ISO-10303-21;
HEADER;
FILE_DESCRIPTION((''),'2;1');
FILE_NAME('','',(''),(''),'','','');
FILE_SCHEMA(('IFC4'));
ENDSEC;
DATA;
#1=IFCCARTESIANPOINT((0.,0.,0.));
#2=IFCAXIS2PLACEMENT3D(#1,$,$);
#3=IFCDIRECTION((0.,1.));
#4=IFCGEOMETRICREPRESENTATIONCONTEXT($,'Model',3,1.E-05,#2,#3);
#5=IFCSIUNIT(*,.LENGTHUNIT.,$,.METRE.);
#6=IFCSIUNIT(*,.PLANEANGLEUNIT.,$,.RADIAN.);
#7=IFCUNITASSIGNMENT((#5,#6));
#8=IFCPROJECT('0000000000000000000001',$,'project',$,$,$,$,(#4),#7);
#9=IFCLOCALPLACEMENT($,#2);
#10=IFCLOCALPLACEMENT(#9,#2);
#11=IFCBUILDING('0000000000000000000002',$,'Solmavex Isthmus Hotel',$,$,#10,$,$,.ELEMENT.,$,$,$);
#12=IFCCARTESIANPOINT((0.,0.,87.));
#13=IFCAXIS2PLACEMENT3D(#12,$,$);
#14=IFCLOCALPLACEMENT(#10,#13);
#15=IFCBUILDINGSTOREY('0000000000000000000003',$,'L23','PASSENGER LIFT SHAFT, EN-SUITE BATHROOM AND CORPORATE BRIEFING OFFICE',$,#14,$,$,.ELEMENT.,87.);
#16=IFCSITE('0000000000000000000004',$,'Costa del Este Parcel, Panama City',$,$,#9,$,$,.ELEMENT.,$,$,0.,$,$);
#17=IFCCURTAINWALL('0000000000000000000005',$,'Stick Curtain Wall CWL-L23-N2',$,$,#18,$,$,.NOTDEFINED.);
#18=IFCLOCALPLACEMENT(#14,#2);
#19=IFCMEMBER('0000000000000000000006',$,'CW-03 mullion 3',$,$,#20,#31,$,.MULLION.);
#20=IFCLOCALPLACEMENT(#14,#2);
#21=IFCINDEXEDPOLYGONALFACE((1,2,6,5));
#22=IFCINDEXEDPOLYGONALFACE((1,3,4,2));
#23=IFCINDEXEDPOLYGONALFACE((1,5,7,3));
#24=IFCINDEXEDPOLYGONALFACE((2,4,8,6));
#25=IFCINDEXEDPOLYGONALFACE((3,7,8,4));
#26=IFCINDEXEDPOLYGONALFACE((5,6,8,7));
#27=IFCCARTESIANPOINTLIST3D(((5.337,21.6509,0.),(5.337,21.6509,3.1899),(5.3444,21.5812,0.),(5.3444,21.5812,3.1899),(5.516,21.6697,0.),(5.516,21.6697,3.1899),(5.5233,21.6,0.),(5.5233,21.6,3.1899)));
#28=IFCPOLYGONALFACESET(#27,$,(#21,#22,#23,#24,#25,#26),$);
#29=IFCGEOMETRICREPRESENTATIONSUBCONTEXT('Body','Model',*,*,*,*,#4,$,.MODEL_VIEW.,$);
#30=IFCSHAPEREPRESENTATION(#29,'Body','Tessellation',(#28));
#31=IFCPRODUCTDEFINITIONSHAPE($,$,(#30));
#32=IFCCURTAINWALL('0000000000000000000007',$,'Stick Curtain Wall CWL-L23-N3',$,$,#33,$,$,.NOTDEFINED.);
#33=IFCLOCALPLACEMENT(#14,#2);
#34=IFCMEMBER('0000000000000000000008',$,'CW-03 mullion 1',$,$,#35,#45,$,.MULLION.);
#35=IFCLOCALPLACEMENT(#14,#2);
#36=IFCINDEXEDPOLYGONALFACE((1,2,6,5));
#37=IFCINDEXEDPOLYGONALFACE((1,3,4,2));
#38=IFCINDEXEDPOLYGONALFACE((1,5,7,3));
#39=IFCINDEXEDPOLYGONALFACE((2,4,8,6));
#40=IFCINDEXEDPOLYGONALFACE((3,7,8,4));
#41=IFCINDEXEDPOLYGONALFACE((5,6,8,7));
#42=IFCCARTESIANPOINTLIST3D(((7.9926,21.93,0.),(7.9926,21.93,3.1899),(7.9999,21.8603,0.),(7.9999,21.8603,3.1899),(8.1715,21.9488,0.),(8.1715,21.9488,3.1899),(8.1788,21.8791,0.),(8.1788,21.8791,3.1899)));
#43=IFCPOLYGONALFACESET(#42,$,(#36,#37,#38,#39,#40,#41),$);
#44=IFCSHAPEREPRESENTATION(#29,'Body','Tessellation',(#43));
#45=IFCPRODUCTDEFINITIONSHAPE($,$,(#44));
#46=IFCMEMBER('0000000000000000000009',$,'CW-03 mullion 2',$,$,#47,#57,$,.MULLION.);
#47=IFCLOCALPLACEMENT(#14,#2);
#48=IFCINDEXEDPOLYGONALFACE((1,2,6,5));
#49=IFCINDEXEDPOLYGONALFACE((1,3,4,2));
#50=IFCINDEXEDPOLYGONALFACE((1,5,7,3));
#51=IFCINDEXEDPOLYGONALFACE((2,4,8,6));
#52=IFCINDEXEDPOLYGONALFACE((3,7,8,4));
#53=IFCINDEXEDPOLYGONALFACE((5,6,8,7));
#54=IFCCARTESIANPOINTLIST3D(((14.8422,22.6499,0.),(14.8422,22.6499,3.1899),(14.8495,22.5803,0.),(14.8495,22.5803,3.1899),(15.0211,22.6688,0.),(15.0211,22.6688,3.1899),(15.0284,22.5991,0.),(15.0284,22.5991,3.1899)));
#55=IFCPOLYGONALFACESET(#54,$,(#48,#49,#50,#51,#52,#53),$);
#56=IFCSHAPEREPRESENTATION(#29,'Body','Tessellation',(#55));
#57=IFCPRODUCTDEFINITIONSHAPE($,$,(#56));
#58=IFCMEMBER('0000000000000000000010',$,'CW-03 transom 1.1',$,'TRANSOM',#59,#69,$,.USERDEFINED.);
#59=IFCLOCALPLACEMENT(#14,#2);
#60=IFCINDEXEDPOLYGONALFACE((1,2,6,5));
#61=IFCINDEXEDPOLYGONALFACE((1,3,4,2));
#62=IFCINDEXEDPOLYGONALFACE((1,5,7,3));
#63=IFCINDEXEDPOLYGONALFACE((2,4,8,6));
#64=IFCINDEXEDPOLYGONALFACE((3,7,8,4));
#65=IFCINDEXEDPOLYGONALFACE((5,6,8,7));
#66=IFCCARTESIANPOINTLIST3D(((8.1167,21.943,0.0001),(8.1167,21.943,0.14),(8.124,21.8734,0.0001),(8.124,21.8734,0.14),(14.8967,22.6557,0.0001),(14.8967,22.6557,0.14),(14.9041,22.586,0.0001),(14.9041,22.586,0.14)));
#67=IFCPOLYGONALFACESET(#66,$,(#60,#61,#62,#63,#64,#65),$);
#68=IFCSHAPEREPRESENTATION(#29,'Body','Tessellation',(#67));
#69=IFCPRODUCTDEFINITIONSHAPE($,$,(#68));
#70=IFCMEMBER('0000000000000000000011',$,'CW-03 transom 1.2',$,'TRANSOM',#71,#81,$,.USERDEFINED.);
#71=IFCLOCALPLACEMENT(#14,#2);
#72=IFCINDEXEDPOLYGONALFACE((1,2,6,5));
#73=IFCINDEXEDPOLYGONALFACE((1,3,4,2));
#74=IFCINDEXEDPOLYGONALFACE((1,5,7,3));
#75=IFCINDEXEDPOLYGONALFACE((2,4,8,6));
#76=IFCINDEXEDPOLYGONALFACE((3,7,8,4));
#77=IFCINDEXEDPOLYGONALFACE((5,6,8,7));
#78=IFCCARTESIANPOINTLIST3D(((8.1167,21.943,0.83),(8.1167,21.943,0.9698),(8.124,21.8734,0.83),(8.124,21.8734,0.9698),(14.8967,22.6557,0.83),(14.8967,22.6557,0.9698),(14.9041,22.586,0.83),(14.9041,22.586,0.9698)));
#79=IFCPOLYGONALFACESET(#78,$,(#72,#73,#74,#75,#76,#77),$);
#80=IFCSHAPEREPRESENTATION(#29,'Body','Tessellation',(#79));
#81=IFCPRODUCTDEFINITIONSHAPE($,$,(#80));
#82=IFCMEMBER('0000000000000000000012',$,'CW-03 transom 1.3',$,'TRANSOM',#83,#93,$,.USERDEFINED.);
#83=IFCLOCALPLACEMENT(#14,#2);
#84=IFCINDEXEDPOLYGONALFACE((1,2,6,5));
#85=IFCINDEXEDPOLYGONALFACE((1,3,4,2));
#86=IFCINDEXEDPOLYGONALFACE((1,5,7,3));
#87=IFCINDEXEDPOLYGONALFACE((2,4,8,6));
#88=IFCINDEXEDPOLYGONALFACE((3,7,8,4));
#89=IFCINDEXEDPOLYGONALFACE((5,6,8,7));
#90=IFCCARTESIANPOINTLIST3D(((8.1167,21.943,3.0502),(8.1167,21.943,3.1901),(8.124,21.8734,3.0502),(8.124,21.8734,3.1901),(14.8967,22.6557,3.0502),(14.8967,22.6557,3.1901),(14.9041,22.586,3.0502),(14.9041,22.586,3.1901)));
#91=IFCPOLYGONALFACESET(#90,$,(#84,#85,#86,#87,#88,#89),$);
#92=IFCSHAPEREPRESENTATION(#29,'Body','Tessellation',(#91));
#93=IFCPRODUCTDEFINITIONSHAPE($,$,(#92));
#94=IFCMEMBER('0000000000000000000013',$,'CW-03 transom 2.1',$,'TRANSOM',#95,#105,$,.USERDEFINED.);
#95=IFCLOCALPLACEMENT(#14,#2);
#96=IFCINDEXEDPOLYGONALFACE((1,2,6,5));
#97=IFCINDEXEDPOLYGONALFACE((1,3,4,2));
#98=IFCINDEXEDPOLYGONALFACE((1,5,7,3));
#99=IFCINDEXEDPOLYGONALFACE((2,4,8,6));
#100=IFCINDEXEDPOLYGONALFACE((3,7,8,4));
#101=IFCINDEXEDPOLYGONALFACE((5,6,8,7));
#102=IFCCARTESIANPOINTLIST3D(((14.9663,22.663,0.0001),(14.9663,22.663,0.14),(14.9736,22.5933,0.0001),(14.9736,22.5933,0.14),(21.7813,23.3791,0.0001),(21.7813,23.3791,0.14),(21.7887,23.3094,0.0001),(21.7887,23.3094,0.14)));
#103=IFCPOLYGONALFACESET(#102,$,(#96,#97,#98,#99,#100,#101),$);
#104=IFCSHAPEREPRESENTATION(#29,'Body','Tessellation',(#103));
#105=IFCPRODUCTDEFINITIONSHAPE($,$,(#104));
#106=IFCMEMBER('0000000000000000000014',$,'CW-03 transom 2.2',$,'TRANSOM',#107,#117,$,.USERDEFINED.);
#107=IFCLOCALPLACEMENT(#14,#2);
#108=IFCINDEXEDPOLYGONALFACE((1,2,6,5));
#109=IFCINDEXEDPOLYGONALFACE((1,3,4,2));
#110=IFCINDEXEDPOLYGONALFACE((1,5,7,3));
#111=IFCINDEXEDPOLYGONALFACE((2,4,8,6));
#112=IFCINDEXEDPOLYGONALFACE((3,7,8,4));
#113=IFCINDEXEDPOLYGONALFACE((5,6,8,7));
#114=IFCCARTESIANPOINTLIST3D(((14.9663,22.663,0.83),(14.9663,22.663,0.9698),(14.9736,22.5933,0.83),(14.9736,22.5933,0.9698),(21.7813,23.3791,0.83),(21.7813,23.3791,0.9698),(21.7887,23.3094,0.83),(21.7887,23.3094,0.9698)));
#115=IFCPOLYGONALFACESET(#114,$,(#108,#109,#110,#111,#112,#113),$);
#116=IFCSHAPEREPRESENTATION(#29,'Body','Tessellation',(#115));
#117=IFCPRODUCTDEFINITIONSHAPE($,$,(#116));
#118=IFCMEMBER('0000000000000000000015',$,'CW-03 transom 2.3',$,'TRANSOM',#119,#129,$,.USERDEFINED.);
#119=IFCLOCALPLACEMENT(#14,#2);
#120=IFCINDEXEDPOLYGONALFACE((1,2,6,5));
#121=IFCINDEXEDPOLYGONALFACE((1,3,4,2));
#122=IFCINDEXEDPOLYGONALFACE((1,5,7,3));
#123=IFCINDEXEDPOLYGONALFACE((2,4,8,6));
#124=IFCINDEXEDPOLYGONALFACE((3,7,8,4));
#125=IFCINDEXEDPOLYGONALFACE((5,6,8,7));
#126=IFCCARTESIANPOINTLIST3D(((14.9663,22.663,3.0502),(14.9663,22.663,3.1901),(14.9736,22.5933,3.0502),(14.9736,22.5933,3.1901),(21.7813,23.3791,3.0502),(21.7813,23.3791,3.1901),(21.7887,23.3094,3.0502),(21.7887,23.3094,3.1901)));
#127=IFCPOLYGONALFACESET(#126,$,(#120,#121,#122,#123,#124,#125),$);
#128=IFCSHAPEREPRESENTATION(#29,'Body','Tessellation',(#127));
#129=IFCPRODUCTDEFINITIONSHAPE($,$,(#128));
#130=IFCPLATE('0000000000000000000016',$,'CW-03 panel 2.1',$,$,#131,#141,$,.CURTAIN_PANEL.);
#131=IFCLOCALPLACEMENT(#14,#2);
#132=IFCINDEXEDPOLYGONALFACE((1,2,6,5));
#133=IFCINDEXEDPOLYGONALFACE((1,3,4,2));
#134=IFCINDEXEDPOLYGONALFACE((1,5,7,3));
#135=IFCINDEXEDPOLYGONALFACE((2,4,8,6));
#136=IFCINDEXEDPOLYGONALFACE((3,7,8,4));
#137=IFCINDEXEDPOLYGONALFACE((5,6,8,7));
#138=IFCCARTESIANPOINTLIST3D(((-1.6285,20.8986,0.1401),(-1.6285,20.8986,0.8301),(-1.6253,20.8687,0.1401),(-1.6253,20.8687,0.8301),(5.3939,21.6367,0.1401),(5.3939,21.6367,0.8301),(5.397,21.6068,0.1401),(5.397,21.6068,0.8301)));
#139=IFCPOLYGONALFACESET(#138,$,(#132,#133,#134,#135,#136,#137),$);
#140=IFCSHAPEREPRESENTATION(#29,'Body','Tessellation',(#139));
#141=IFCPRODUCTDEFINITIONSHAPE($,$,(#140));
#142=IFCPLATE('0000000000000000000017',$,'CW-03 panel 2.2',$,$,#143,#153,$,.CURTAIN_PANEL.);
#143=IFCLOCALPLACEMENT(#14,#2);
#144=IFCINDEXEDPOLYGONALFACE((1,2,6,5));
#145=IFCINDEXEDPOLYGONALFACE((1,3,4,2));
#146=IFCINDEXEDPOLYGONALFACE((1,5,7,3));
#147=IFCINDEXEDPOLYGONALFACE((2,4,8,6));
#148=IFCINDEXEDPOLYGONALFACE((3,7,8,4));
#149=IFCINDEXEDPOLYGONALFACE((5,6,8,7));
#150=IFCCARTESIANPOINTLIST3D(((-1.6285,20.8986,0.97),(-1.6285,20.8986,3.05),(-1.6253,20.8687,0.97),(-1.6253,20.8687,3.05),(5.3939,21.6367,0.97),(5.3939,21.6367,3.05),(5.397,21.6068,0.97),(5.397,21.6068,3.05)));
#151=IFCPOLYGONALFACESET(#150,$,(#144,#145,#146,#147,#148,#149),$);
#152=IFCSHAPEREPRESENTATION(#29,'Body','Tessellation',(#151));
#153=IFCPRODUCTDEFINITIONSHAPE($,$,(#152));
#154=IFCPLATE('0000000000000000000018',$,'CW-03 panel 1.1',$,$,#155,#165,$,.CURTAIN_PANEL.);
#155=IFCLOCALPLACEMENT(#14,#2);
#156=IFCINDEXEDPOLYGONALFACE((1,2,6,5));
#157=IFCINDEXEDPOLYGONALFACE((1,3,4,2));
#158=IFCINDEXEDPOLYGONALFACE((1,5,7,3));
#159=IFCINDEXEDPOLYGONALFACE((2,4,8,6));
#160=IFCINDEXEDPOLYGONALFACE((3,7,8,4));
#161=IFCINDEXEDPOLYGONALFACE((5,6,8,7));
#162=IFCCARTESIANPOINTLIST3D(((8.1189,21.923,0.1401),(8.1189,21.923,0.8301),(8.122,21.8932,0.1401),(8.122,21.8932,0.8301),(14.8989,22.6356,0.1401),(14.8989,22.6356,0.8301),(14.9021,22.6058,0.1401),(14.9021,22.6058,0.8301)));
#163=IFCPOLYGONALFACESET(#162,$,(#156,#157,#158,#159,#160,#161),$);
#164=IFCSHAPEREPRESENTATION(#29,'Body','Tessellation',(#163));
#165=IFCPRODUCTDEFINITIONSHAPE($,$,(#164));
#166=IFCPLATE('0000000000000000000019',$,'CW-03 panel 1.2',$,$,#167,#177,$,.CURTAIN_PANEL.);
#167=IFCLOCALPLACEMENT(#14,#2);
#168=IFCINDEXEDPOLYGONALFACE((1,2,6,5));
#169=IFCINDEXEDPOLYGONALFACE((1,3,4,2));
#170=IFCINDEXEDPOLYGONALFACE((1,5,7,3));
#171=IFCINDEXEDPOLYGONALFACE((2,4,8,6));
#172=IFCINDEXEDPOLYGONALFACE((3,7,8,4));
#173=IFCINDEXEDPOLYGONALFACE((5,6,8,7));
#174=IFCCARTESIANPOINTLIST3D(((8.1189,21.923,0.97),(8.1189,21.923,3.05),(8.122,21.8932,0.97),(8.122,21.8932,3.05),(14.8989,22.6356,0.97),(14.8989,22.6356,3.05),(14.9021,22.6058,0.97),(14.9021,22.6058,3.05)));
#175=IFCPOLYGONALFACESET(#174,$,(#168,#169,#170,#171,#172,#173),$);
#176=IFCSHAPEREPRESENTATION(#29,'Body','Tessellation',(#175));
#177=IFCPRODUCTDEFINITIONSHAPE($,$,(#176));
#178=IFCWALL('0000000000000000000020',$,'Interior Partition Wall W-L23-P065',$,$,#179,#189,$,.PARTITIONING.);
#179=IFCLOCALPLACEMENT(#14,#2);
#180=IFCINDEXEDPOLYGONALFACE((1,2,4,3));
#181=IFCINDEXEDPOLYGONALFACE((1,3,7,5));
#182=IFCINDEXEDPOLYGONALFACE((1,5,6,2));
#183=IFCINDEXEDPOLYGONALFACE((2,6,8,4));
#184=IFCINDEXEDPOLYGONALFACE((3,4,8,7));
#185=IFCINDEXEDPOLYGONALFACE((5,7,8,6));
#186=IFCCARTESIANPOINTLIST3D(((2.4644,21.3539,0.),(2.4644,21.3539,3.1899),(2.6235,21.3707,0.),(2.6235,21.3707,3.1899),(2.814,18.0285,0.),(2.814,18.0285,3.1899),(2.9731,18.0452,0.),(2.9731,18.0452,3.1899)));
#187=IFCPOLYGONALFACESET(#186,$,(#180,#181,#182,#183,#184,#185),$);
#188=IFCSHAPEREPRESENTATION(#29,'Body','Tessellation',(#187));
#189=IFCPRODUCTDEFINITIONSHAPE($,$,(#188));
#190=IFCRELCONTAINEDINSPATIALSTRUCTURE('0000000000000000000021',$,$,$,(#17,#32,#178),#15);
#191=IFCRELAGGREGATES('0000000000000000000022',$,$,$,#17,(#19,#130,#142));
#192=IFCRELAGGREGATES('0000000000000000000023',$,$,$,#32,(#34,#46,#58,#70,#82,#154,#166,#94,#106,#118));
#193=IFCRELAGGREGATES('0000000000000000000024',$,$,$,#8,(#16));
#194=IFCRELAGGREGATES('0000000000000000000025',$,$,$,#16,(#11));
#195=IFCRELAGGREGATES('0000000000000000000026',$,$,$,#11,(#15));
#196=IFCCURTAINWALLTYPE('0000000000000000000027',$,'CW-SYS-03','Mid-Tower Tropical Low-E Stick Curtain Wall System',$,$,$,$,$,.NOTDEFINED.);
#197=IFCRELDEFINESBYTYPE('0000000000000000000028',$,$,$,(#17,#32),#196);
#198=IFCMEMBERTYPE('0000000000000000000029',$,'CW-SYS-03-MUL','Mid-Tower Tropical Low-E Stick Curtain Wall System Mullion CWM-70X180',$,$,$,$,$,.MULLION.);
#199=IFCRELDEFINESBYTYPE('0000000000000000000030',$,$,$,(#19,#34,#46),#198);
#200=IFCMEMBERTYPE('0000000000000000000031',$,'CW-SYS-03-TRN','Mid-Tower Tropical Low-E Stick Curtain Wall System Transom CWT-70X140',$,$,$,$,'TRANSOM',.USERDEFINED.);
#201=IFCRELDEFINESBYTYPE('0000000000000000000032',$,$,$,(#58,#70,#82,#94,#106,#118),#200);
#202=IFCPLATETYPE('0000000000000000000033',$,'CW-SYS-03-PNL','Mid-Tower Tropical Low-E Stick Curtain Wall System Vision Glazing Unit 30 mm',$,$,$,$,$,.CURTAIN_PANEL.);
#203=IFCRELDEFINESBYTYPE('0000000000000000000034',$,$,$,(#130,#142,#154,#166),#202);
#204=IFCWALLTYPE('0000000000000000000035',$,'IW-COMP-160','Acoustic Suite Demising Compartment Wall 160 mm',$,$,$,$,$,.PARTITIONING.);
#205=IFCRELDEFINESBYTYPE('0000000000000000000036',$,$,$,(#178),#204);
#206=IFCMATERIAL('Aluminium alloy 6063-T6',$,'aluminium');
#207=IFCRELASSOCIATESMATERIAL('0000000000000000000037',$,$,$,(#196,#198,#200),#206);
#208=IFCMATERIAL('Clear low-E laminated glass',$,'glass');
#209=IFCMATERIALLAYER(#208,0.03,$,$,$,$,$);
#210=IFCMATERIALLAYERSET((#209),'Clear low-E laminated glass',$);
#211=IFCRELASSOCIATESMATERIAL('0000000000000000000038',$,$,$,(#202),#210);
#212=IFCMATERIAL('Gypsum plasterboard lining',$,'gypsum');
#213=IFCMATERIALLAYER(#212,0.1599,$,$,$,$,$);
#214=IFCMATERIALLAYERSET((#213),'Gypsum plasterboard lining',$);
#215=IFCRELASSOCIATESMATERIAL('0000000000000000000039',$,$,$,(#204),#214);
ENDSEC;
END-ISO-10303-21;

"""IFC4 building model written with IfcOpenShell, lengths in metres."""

from ifc_helpers import new_model, si_unit, direction, frame, frame_2d, origin, origin_2d, place, context, subcontext, project, spatial, rectangle, extrude, material, layer, layer_set, material_profile, profile_set, type_object, element, aggregate, save


model = new_model("IFC4")

# Units and contexts
model_context = context("Model", 3, precision=1e-05, world=origin(), true_north=direction((0.0, 1.0)))
body_context = subcontext(model_context, "Body", "Model", "MODEL_VIEW")
ifc_project = project(units=[si_unit("LENGTHUNIT", "METRE"), si_unit("PLANEANGLEUNIT", "RADIAN")], contexts=[model_context])

# Site, building, storey
site_placement = place(None, origin())
site = spatial("IfcSite", under=ifc_project, at=site_placement, Name="Costa del Este Parcel, Panama City", CompositionType="ELEMENT", RefElevation=0.0)
building_placement = place(site_placement, origin())
building = spatial("IfcBuilding", under=site, at=building_placement, Name="Solmavex Isthmus Hotel", CompositionType="ELEMENT")
storey_placement = place(building_placement, frame((0.0, 0.0, 87.0)))
storey = spatial("IfcBuildingStorey", under=building, at=storey_placement, Name="L23", Description="PASSENGER LIFT SHAFT, EN-SUITE BATHROOM AND CORPORATE BRIEFING OFFICE", CompositionType="ELEMENT", Elevation=87.0)

# Curtain wall, member
ifc_material_1 = material(Name="Aluminium alloy 6063-T6", Category="aluminium")
curtain_wall_type = type_object("IfcCurtainWallType", Name="CW-SYS-03", Description="Mid-Tower Tropical Low-E Stick Curtain Wall System", PredefinedType="NOTDEFINED", material=ifc_material_1)
curtain_wall_1_placement = place(storey_placement, origin())
curtain_wall_1 = element("IfcCurtainWall", 1, at=curtain_wall_1_placement, inside=storey, type_object=curtain_wall_type, Name="Stick Curtain Wall CWL-L23-N2", PredefinedType="NOTDEFINED")
ifc_material_profile_1 = material_profile(ifc_material_1, rectangle(XDim=0.0701, YDim=0.1799, at=origin_2d()), Name="CWM-70X180")
ifc_profile_set_1 = profile_set([ifc_material_profile_1], Name="Aluminium alloy 6063-T6")
member_type_1 = type_object("IfcMemberType", Name="CW-SYS-03-MUL", Description="Mid-Tower Tropical Low-E Stick Curtain Wall System Mullion CWM-70X180", PredefinedType="MULLION", material=ifc_profile_set_1)
member_1_placement = place(storey_placement, frame((5.4302, 21.6255, 0.0), z_axis=(0.0, 0.0, 1.0), x_axis=(-0.104528, 0.994522, 0.0)))
member_1 = element("IfcMember", 2, at=member_1_placement, type_object=member_type_1, Name="CW-03 mullion 3", PredefinedType="MULLION", context=body_context, shape_type="SweptSolid", body=[
    extrude(rectangle(XDim=0.0701, YDim=0.1799, at=origin_2d()), origin(), (0.0, 0.0, 1.0), 3.1899),
])

# Curtain wall, members
curtain_wall_2_placement = place(storey_placement, origin())
curtain_wall_2 = element("IfcCurtainWall", 3, at=curtain_wall_2_placement, inside=storey, type_object=curtain_wall_type, Name="Stick Curtain Wall CWL-L23-N3", PredefinedType="NOTDEFINED")
member_2_placement = place(storey_placement, frame((8.0857, 21.9045, 0.0), z_axis=(0.0, 0.0, 1.0), x_axis=(-0.104528, 0.994522, 0.0)))
member_2 = element("IfcMember", 4, at=member_2_placement, type_object=member_type_1, Name="CW-03 mullion 1", PredefinedType="MULLION", context=body_context, shape_type="SweptSolid", body=[
    extrude(rectangle(XDim=0.0701, YDim=0.1799, at=origin_2d()), origin(), (0.0, 0.0, 1.0), 3.1899),
])
member_3_placement = place(storey_placement, frame((14.9353, 22.6245, 0.0), z_axis=(0.0, 0.0, 1.0), x_axis=(-0.104528, 0.994522, 0.0)))
member_3 = element("IfcMember", 5, at=member_3_placement, type_object=member_type_1, Name="CW-03 mullion 2", PredefinedType="MULLION", context=body_context, shape_type="SweptSolid", body=[
    extrude(rectangle(XDim=0.0701, YDim=0.1799, at=origin_2d()), origin(), (0.0, 0.0, 1.0), 3.1899),
])
ifc_material_profile_2 = material_profile(ifc_material_1, rectangle(XDim=0.0701, YDim=0.1399, at=origin_2d()), Name="CWT-70X140")
ifc_profile_set_2 = profile_set([ifc_material_profile_2], Name="Aluminium alloy 6063-T6")
member_type_2 = type_object("IfcMemberType", Name="CW-SYS-03-TRN", Description="Mid-Tower Tropical Low-E Stick Curtain Wall System Transom CWT-70X140", ElementType="TRANSOM", PredefinedType="USERDEFINED", material=ifc_profile_set_2)
member_4_placement = place(storey_placement, frame((8.1204, 21.9082, 0.0701), z_axis=(0.994521, 0.104534, 0.0), x_axis=(-0.104534, 0.994521, 0.0)))
member_4 = element("IfcMember", 6, at=member_4_placement, type_object=member_type_2, Name="CW-03 transom 1.1", ObjectType="TRANSOM", PredefinedType="USERDEFINED", context=body_context, shape_type="SweptSolid", body=[
    extrude(rectangle(XDim=0.0701, YDim=0.1399, at=origin_2d()), origin(), (0.0, 0.0, 1.0), 6.8174),
])
member_5_placement = place(storey_placement, frame((8.1204, 21.9082, 0.8999), z_axis=(0.994521, 0.104534, 0.0), x_axis=(-0.104534, 0.994521, 0.0)))
member_5 = element("IfcMember", 7, at=member_5_placement, type_object=member_type_2, Name="CW-03 transom 1.2", ObjectType="TRANSOM", PredefinedType="USERDEFINED", context=body_context, shape_type="SweptSolid", body=[
    extrude(rectangle(XDim=0.0701, YDim=0.1399, at=origin_2d()), origin(), (0.0, 0.0, 1.0), 6.8174),
])
member_6_placement = place(storey_placement, frame((8.1204, 21.9082, 3.1201), z_axis=(0.994521, 0.104534, 0.0), x_axis=(-0.104534, 0.994521, 0.0)))
member_6 = element("IfcMember", 8, at=member_6_placement, type_object=member_type_2, Name="CW-03 transom 1.3", ObjectType="TRANSOM", PredefinedType="USERDEFINED", context=body_context, shape_type="SweptSolid", body=[
    extrude(rectangle(XDim=0.0701, YDim=0.1399, at=origin_2d()), origin(), (0.0, 0.0, 1.0), 6.8174),
])
member_7_placement = place(storey_placement, frame((14.97, 22.6282, 0.0701), z_axis=(0.994525, 0.104497, 0.0), x_axis=(-0.104497, 0.994525, 0.0)))
member_7 = element("IfcMember", 9, at=member_7_placement, type_object=member_type_2, Name="CW-03 transom 2.1", ObjectType="TRANSOM", PredefinedType="USERDEFINED", context=body_context, shape_type="SweptSolid", body=[
    extrude(rectangle(XDim=0.0701, YDim=0.1399, at=origin_2d()), origin(), (0.0, 0.0, 1.0), 6.8525),
])
member_8_placement = place(storey_placement, frame((14.97, 22.6282, 0.8999), z_axis=(0.994525, 0.104497, 0.0), x_axis=(-0.104497, 0.994525, 0.0)))
member_8 = element("IfcMember", 10, at=member_8_placement, type_object=member_type_2, Name="CW-03 transom 2.2", ObjectType="TRANSOM", PredefinedType="USERDEFINED", context=body_context, shape_type="SweptSolid", body=[
    extrude(rectangle(XDim=0.0701, YDim=0.1399, at=origin_2d()), origin(), (0.0, 0.0, 1.0), 6.8525),
])
member_9_placement = place(storey_placement, frame((14.97, 22.6282, 3.1201), z_axis=(0.994525, 0.104497, 0.0), x_axis=(-0.104497, 0.994525, 0.0)))
member_9 = element("IfcMember", 11, at=member_9_placement, type_object=member_type_2, Name="CW-03 transom 2.3", ObjectType="TRANSOM", PredefinedType="USERDEFINED", context=body_context, shape_type="SweptSolid", body=[
    extrude(rectangle(XDim=0.0701, YDim=0.1399, at=origin_2d()), origin(), (0.0, 0.0, 1.0), 6.8525),
])

# Plates
ifc_material_2 = material(Name="Clear low-E laminated glass", Category="glass")
ifc_layer_1 = layer(ifc_material_2, 0.03)
ifc_layer_set_1 = layer_set([ifc_layer_1], Name="Clear low-E laminated glass")
plate_type = type_object("IfcPlateType", Name="CW-SYS-03-PNL", Description="Mid-Tower Tropical Low-E Stick Curtain Wall System Vision Glazing Unit 30 mm", PredefinedType="CURTAIN_PANEL", material=ifc_layer_set_1)
plate_1_placement = place(storey_placement, frame((1.8843, 21.2527, 0.1401), z_axis=(0.0, 0.0, 1.0), x_axis=(0.994522, 0.104528, 0.0)))
plate_1 = element("IfcPlate", 12, at=plate_1_placement, type_object=plate_type, Name="CW-03 panel 2.1", PredefinedType="CURTAIN_PANEL", context=body_context, shape_type="SweptSolid", body=[
    extrude(rectangle(XDim=7.061, YDim=0.03, at=origin_2d()), origin(), (0.0, 0.0, 1.0), 0.6899),
])
plate_2_placement = place(storey_placement, frame((1.8843, 21.2527, 0.97), z_axis=(0.0, 0.0, 1.0), x_axis=(0.994522, 0.104528, 0.0)))
plate_2 = element("IfcPlate", 13, at=plate_2_placement, type_object=plate_type, Name="CW-03 panel 2.2", PredefinedType="CURTAIN_PANEL", context=body_context, shape_type="SweptSolid", body=[
    extrude(rectangle(XDim=7.061, YDim=0.03, at=origin_2d()), origin(), (0.0, 0.0, 1.0), 2.0801),
])
aggregate(curtain_wall_1, [member_1, plate_1, plate_2])
plate_3_placement = place(storey_placement, frame((11.5105, 22.2644, 0.1401), z_axis=(0.0, 0.0, 1.0), x_axis=(0.994522, 0.104528, 0.0)))
plate_3 = element("IfcPlate", 14, at=plate_3_placement, type_object=plate_type, Name="CW-03 panel 1.1", PredefinedType="CURTAIN_PANEL", context=body_context, shape_type="SweptSolid", body=[
    extrude(rectangle(XDim=6.8174, YDim=0.03, at=origin_2d()), origin(), (0.0, 0.0, 1.0), 0.6899),
])
plate_4_placement = place(storey_placement, frame((11.5105, 22.2644, 0.97), z_axis=(0.0, 0.0, 1.0), x_axis=(0.994522, 0.104528, 0.0)))
plate_4 = element("IfcPlate", 15, at=plate_4_placement, type_object=plate_type, Name="CW-03 panel 1.2", PredefinedType="CURTAIN_PANEL", context=body_context, shape_type="SweptSolid", body=[
    extrude(rectangle(XDim=6.8174, YDim=0.03, at=origin_2d()), origin(), (0.0, 0.0, 1.0), 2.0801),
])
aggregate(curtain_wall_2, [member_2, member_3, member_4, member_5, member_6, plate_3, plate_4, member_7, member_8, member_9])

# Wall
ifc_material_3 = material(Name="Gypsum plasterboard lining", Category="gypsum")
ifc_layer_2 = layer(ifc_material_3, 0.1599)
ifc_layer_set_2 = layer_set([ifc_layer_2], Name="Gypsum plasterboard lining")
wall_type_1 = type_object("IfcWallType", Name="IW-COMP-160", Description="Acoustic Suite Demising Compartment Wall 160 mm", PredefinedType="PARTITIONING", material=ifc_layer_set_2)
for number, where, z_axis, x_axis, name in (
    (16, (2.5439, 21.3623, 0.0), (0.0, 0.0, 1.0), (0.104556, -0.994519, 0.0), "Interior Partition Wall W-L23-P065"),
):
    element("IfcWall", number, at=place(storey_placement, frame(where, z_axis=z_axis, x_axis=x_axis)), inside=storey, type_object=wall_type_1, Name=name, PredefinedType="PARTITIONING", context=body_context, shape_type="SweptSolid", body=[
        extrude(rectangle(XDim=3.3438, YDim=0.1599, at=frame_2d((1.6719, 0.0))), origin(), (0.0, 0.0, 1.0), 3.1899),
    ])

save(model, "model.ifc")
